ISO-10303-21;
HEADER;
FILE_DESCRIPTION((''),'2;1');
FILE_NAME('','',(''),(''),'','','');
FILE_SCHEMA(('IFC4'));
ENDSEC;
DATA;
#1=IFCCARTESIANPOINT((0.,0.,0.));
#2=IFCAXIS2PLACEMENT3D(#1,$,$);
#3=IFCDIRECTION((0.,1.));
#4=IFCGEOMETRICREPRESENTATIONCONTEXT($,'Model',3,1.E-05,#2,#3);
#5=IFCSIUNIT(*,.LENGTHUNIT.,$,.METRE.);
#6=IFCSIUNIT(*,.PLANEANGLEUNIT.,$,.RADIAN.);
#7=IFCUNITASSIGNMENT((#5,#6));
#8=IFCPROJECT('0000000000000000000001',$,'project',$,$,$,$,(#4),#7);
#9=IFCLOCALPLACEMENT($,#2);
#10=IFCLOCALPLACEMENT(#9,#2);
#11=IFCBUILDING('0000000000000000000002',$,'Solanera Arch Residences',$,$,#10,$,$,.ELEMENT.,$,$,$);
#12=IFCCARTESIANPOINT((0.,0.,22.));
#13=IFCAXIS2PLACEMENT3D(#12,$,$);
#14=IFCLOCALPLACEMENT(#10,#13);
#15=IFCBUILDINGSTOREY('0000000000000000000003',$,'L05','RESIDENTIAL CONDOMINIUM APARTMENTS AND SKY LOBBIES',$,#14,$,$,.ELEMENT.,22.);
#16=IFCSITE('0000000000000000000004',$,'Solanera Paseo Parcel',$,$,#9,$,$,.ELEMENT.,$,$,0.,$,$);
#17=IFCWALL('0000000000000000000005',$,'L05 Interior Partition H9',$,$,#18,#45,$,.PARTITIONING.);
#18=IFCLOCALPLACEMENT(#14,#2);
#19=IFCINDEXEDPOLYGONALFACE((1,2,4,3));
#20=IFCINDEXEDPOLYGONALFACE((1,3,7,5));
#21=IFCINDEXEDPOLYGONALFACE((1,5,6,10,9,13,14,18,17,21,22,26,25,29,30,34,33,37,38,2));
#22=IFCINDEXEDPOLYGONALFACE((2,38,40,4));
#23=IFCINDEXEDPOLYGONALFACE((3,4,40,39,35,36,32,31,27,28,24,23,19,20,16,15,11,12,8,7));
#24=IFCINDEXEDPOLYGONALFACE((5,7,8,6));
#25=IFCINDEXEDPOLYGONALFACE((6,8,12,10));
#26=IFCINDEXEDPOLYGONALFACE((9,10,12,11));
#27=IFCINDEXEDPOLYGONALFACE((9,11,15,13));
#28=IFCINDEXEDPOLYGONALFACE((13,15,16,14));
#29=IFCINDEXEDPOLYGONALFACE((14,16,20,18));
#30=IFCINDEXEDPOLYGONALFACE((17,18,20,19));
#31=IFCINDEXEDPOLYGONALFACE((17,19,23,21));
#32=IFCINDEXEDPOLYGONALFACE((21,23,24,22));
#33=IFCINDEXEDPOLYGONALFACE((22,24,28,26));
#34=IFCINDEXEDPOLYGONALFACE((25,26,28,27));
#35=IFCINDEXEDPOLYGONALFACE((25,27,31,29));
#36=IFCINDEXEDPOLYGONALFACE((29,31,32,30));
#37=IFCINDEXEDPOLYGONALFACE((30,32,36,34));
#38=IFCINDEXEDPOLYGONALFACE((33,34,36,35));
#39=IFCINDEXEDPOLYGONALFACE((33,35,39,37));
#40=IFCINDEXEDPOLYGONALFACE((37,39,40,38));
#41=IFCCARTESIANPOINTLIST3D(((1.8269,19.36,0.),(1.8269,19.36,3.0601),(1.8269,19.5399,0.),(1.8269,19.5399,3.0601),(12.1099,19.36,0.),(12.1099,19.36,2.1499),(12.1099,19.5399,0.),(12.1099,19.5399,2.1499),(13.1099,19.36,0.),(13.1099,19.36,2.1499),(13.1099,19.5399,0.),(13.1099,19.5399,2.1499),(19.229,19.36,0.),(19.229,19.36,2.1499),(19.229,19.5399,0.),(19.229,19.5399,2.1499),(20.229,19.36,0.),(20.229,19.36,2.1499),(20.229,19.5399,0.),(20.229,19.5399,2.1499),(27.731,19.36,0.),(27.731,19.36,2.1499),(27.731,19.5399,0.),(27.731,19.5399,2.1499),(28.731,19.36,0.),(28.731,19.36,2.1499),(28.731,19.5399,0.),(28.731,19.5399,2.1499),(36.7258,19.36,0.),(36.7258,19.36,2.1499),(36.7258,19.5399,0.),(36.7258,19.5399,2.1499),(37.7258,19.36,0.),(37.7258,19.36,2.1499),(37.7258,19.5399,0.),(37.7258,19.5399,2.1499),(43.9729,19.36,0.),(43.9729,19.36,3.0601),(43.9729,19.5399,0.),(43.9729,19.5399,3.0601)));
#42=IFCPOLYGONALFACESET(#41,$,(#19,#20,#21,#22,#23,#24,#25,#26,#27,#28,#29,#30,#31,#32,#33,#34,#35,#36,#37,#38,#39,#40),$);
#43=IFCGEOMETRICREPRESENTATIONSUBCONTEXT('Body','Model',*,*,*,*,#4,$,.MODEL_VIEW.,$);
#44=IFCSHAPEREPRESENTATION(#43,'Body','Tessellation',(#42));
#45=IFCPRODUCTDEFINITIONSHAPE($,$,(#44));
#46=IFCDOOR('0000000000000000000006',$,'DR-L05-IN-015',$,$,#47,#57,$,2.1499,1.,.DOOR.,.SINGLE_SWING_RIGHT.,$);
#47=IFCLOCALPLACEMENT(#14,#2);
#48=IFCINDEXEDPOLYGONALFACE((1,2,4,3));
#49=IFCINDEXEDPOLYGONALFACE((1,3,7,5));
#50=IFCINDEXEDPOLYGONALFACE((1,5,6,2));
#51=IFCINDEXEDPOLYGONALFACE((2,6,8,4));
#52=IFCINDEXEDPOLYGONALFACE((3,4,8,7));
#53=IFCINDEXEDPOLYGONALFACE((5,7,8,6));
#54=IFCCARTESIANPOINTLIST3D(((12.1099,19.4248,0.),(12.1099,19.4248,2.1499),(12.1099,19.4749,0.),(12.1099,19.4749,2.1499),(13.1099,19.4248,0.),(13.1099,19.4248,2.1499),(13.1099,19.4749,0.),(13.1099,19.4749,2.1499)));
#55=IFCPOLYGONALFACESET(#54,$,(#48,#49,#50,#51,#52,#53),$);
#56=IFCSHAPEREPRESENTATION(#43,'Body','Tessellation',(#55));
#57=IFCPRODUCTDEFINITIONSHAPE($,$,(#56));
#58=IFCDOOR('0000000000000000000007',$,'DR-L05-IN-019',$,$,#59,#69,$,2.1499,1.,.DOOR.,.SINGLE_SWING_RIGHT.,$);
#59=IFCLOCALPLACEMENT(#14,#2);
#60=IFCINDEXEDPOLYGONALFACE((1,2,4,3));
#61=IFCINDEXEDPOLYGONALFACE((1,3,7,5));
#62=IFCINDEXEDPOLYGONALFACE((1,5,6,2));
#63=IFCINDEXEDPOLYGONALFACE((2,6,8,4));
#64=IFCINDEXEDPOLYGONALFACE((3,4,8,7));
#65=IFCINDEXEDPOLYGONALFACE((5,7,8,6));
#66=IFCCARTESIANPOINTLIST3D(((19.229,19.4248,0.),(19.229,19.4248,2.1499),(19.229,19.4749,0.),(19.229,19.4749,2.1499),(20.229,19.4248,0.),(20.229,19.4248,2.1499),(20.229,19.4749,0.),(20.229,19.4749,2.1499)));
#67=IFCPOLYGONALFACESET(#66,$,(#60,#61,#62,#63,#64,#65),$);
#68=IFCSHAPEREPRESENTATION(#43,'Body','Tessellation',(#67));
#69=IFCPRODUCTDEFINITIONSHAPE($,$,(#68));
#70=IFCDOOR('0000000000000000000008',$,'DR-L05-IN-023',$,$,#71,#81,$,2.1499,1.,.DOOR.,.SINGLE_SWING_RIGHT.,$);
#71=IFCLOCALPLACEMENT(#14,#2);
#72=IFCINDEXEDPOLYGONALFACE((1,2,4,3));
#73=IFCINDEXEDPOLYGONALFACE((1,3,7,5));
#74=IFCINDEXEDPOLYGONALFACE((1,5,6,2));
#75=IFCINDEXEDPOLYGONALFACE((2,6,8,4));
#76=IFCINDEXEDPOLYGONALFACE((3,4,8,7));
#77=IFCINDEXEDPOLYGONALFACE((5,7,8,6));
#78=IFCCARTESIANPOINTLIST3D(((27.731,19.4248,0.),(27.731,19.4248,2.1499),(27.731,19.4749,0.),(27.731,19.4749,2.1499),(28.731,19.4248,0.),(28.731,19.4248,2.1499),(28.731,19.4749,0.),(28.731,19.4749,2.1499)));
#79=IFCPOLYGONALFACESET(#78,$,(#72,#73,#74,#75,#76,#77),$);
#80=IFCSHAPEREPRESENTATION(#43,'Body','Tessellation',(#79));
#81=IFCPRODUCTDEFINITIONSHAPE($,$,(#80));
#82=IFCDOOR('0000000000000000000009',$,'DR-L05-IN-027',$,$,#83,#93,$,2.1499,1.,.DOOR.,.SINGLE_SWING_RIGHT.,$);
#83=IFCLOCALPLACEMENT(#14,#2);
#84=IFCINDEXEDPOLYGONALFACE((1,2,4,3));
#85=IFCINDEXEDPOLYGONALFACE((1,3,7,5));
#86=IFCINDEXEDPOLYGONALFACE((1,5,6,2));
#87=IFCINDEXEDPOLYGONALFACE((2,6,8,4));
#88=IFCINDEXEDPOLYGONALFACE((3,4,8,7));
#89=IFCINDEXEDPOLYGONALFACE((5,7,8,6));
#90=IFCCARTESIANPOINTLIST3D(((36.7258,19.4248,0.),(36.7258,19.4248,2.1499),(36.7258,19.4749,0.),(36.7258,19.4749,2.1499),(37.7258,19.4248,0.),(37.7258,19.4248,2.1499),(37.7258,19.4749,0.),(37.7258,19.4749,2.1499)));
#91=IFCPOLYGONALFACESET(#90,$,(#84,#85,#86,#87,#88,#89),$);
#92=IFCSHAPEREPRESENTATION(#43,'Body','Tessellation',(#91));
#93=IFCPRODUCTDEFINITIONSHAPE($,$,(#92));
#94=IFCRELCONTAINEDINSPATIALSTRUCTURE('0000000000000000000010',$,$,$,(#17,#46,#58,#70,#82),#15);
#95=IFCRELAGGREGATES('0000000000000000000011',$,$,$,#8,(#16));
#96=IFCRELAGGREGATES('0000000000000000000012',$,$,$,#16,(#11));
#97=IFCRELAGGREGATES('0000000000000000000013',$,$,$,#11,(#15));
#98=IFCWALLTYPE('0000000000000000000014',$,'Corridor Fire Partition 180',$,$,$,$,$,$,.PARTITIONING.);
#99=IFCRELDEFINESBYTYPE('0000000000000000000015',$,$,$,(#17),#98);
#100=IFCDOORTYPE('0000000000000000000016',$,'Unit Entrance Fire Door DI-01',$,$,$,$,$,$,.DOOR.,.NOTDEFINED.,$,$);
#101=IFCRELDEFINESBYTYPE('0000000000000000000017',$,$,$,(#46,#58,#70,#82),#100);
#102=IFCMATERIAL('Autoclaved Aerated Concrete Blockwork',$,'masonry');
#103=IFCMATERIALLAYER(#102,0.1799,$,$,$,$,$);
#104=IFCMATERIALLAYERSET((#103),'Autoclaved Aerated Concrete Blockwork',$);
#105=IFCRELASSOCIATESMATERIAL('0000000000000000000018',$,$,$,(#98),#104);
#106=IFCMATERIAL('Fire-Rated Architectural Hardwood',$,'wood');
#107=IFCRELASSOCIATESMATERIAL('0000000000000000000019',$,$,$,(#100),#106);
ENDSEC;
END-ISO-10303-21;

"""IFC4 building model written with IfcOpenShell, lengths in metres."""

from ifc_helpers import new_model, si_unit, direction, frame, frame_2d, origin, place, context, subcontext, project, spatial, rectangle, extrude, material, layer, layer_set, type_object, element, fill, save


model = new_model("IFC4")

# Units and contexts
model_context = context("Model", 3, precision=1e-05, world=origin(), true_north=direction((0.0, 1.0)))
body_context = subcontext(model_context, "Body", "Model", "MODEL_VIEW")
ifc_project = project(units=[si_unit("LENGTHUNIT", "METRE"), si_unit("PLANEANGLEUNIT", "RADIAN")], contexts=[model_context])

# Site, building, storey
site_placement = place(None, origin())
site = spatial("IfcSite", under=ifc_project, at=site_placement, Name="Solanera Paseo Parcel", CompositionType="ELEMENT", RefElevation=0.0)
building_placement = place(site_placement, origin())
building = spatial("IfcBuilding", under=site, at=building_placement, Name="Solanera Arch Residences", CompositionType="ELEMENT")
storey_placement = place(building_placement, frame((0.0, 0.0, 22.0)))
storey = spatial("IfcBuildingStorey", under=building, at=storey_placement, Name="L05", Description="RESIDENTIAL CONDOMINIUM APARTMENTS AND SKY LOBBIES", CompositionType="ELEMENT", Elevation=22.0)

# Wall, openings, doors
ifc_material_1 = material(Name="Autoclaved Aerated Concrete Blockwork", Category="masonry")
ifc_layer_1 = layer(ifc_material_1, 0.1799)
ifc_layer_set_1 = layer_set([ifc_layer_1], Name="Autoclaved Aerated Concrete Blockwork")
wall_type_1 = type_object("IfcWallType", Name="Corridor Fire Partition 180", PredefinedType="PARTITIONING", material=ifc_layer_set_1)
wall_1_placement = place(storey_placement, frame((1.8269, 19.45, 0.0), z_axis=(0.0, 0.0, 1.0), x_axis=(1.0, 0.0, 0.0)))
wall_1 = element("IfcWall", 1, at=wall_1_placement, inside=storey, type_object=wall_type_1, Name="L05 Interior Partition H9", PredefinedType="PARTITIONING", context=body_context, shape_type="SweptSolid", body=[
    extrude(rectangle(XDim=42.146, YDim=0.1799, at=frame_2d((21.073, 0.0))), origin(), (0.0, 0.0, 1.0), 3.0601),
])
opening_1_placement = place(wall_1_placement, frame((10.283, 0.0, 0.0)))
opening_1 = element("IfcOpeningElement", 2, at=opening_1_placement, cuts=wall_1, PredefinedType="OPENING", context=body_context, shape_type="SweptSolid", body=[
    extrude(rectangle(XDim=1.0, YDim=2.1499, at=frame_2d((0.5, 1.075))), frame((0.0, 0.1001, 0.0), z_axis=(0.0, -1.0, 0.0), x_axis=(1.0, 0.0, 0.0)), (0.0, 0.0, 1.0), 0.1999),
])
opening_2_placement = place(wall_1_placement, frame((17.4021, 0.0, 0.0)))
opening_2 = element("IfcOpeningElement", 3, at=opening_2_placement, cuts=wall_1, PredefinedType="OPENING", context=body_context, shape_type="SweptSolid", body=[
    extrude(rectangle(XDim=1.0, YDim=2.1499, at=frame_2d((0.5, 1.075))), frame((0.0, 0.1001, 0.0), z_axis=(0.0, -1.0, 0.0), x_axis=(1.0, 0.0, 0.0)), (0.0, 0.0, 1.0), 0.1999),
])
opening_3_placement = place(wall_1_placement, frame((25.9041, 0.0, 0.0)))
opening_3 = element("IfcOpeningElement", 4, at=opening_3_placement, cuts=wall_1, PredefinedType="OPENING", context=body_context, shape_type="SweptSolid", body=[
    extrude(rectangle(XDim=1.0, YDim=2.1499, at=frame_2d((0.5, 1.075))), frame((0.0, 0.1001, 0.0), z_axis=(0.0, -1.0, 0.0), x_axis=(1.0, 0.0, 0.0)), (0.0, 0.0, 1.0), 0.1999),
])
opening_4_placement = place(wall_1_placement, frame((34.8989, 0.0, 0.0)))
opening_4 = element("IfcOpeningElement", 5, at=opening_4_placement, cuts=wall_1, PredefinedType="OPENING", context=body_context, shape_type="SweptSolid", body=[
    extrude(rectangle(XDim=1.0, YDim=2.1499, at=frame_2d((0.5, 1.075))), frame((0.0, 0.1001, 0.0), z_axis=(0.0, -1.0, 0.0), x_axis=(1.0, 0.0, 0.0)), (0.0, 0.0, 1.0), 0.1999),
])
ifc_material_2 = material(Name="Fire-Rated Architectural Hardwood", Category="wood")
door_type_1 = type_object("IfcDoorType", Name="Unit Entrance Fire Door DI-01", OperationType="NOTDEFINED", PredefinedType="DOOR", material=ifc_material_2)
door_1_placement = place(opening_1_placement, origin())
door_1 = element("IfcDoor", 6, at=door_1_placement, inside=storey, type_object=door_type_1, Name="DR-L05-IN-015", OperationType="SINGLE_SWING_RIGHT", OverallHeight=2.1499, OverallWidth=1.0, PredefinedType="DOOR", context=body_context, shape_type="SweptSolid", body=[
    extrude(rectangle(XDim=1.0, YDim=2.1499, at=frame_2d((0.5, 1.075))), frame((0.0, 0.0249, 0.0), z_axis=(0.0, -1.0, 0.0), x_axis=(1.0, 0.0, 0.0)), (0.0, 0.0, 1.0), 0.05),
])
fill(opening_1, door_1)
door_2_placement = place(opening_2_placement, origin())
door_2 = element("IfcDoor", 7, at=door_2_placement, inside=storey, type_object=door_type_1, Name="DR-L05-IN-019", OperationType="SINGLE_SWING_RIGHT", OverallHeight=2.1499, OverallWidth=1.0, PredefinedType="DOOR", context=body_context, shape_type="SweptSolid", body=[
    extrude(rectangle(XDim=1.0, YDim=2.1499, at=frame_2d((0.5, 1.075))), frame((0.0, 0.0249, 0.0), z_axis=(0.0, -1.0, 0.0), x_axis=(1.0, 0.0, 0.0)), (0.0, 0.0, 1.0), 0.05),
])
fill(opening_2, door_2)
door_3_placement = place(opening_3_placement, origin())
door_3 = element("IfcDoor", 8, at=door_3_placement, inside=storey, type_object=door_type_1, Name="DR-L05-IN-023", OperationType="SINGLE_SWING_RIGHT", OverallHeight=2.1499, OverallWidth=1.0, PredefinedType="DOOR", context=body_context, shape_type="SweptSolid", body=[
    extrude(rectangle(XDim=1.0, YDim=2.1499, at=frame_2d((0.5, 1.075))), frame((0.0, 0.0249, 0.0), z_axis=(0.0, -1.0, 0.0), x_axis=(1.0, 0.0, 0.0)), (0.0, 0.0, 1.0), 0.05),
])
fill(opening_3, door_3)
door_4_placement = place(opening_4_placement, origin())
door_4 = element("IfcDoor", 9, at=door_4_placement, inside=storey, type_object=door_type_1, Name="DR-L05-IN-027", OperationType="SINGLE_SWING_RIGHT", OverallHeight=2.1499, OverallWidth=1.0, PredefinedType="DOOR", context=body_context, shape_type="SweptSolid", body=[
    extrude(rectangle(XDim=1.0, YDim=2.1499, at=frame_2d((0.5, 1.075))), frame((0.0, 0.0249, 0.0), z_axis=(0.0, -1.0, 0.0), x_axis=(1.0, 0.0, 0.0)), (0.0, 0.0, 1.0), 0.05),
])
fill(opening_4, door_4)

save(model, "model.ifc")
